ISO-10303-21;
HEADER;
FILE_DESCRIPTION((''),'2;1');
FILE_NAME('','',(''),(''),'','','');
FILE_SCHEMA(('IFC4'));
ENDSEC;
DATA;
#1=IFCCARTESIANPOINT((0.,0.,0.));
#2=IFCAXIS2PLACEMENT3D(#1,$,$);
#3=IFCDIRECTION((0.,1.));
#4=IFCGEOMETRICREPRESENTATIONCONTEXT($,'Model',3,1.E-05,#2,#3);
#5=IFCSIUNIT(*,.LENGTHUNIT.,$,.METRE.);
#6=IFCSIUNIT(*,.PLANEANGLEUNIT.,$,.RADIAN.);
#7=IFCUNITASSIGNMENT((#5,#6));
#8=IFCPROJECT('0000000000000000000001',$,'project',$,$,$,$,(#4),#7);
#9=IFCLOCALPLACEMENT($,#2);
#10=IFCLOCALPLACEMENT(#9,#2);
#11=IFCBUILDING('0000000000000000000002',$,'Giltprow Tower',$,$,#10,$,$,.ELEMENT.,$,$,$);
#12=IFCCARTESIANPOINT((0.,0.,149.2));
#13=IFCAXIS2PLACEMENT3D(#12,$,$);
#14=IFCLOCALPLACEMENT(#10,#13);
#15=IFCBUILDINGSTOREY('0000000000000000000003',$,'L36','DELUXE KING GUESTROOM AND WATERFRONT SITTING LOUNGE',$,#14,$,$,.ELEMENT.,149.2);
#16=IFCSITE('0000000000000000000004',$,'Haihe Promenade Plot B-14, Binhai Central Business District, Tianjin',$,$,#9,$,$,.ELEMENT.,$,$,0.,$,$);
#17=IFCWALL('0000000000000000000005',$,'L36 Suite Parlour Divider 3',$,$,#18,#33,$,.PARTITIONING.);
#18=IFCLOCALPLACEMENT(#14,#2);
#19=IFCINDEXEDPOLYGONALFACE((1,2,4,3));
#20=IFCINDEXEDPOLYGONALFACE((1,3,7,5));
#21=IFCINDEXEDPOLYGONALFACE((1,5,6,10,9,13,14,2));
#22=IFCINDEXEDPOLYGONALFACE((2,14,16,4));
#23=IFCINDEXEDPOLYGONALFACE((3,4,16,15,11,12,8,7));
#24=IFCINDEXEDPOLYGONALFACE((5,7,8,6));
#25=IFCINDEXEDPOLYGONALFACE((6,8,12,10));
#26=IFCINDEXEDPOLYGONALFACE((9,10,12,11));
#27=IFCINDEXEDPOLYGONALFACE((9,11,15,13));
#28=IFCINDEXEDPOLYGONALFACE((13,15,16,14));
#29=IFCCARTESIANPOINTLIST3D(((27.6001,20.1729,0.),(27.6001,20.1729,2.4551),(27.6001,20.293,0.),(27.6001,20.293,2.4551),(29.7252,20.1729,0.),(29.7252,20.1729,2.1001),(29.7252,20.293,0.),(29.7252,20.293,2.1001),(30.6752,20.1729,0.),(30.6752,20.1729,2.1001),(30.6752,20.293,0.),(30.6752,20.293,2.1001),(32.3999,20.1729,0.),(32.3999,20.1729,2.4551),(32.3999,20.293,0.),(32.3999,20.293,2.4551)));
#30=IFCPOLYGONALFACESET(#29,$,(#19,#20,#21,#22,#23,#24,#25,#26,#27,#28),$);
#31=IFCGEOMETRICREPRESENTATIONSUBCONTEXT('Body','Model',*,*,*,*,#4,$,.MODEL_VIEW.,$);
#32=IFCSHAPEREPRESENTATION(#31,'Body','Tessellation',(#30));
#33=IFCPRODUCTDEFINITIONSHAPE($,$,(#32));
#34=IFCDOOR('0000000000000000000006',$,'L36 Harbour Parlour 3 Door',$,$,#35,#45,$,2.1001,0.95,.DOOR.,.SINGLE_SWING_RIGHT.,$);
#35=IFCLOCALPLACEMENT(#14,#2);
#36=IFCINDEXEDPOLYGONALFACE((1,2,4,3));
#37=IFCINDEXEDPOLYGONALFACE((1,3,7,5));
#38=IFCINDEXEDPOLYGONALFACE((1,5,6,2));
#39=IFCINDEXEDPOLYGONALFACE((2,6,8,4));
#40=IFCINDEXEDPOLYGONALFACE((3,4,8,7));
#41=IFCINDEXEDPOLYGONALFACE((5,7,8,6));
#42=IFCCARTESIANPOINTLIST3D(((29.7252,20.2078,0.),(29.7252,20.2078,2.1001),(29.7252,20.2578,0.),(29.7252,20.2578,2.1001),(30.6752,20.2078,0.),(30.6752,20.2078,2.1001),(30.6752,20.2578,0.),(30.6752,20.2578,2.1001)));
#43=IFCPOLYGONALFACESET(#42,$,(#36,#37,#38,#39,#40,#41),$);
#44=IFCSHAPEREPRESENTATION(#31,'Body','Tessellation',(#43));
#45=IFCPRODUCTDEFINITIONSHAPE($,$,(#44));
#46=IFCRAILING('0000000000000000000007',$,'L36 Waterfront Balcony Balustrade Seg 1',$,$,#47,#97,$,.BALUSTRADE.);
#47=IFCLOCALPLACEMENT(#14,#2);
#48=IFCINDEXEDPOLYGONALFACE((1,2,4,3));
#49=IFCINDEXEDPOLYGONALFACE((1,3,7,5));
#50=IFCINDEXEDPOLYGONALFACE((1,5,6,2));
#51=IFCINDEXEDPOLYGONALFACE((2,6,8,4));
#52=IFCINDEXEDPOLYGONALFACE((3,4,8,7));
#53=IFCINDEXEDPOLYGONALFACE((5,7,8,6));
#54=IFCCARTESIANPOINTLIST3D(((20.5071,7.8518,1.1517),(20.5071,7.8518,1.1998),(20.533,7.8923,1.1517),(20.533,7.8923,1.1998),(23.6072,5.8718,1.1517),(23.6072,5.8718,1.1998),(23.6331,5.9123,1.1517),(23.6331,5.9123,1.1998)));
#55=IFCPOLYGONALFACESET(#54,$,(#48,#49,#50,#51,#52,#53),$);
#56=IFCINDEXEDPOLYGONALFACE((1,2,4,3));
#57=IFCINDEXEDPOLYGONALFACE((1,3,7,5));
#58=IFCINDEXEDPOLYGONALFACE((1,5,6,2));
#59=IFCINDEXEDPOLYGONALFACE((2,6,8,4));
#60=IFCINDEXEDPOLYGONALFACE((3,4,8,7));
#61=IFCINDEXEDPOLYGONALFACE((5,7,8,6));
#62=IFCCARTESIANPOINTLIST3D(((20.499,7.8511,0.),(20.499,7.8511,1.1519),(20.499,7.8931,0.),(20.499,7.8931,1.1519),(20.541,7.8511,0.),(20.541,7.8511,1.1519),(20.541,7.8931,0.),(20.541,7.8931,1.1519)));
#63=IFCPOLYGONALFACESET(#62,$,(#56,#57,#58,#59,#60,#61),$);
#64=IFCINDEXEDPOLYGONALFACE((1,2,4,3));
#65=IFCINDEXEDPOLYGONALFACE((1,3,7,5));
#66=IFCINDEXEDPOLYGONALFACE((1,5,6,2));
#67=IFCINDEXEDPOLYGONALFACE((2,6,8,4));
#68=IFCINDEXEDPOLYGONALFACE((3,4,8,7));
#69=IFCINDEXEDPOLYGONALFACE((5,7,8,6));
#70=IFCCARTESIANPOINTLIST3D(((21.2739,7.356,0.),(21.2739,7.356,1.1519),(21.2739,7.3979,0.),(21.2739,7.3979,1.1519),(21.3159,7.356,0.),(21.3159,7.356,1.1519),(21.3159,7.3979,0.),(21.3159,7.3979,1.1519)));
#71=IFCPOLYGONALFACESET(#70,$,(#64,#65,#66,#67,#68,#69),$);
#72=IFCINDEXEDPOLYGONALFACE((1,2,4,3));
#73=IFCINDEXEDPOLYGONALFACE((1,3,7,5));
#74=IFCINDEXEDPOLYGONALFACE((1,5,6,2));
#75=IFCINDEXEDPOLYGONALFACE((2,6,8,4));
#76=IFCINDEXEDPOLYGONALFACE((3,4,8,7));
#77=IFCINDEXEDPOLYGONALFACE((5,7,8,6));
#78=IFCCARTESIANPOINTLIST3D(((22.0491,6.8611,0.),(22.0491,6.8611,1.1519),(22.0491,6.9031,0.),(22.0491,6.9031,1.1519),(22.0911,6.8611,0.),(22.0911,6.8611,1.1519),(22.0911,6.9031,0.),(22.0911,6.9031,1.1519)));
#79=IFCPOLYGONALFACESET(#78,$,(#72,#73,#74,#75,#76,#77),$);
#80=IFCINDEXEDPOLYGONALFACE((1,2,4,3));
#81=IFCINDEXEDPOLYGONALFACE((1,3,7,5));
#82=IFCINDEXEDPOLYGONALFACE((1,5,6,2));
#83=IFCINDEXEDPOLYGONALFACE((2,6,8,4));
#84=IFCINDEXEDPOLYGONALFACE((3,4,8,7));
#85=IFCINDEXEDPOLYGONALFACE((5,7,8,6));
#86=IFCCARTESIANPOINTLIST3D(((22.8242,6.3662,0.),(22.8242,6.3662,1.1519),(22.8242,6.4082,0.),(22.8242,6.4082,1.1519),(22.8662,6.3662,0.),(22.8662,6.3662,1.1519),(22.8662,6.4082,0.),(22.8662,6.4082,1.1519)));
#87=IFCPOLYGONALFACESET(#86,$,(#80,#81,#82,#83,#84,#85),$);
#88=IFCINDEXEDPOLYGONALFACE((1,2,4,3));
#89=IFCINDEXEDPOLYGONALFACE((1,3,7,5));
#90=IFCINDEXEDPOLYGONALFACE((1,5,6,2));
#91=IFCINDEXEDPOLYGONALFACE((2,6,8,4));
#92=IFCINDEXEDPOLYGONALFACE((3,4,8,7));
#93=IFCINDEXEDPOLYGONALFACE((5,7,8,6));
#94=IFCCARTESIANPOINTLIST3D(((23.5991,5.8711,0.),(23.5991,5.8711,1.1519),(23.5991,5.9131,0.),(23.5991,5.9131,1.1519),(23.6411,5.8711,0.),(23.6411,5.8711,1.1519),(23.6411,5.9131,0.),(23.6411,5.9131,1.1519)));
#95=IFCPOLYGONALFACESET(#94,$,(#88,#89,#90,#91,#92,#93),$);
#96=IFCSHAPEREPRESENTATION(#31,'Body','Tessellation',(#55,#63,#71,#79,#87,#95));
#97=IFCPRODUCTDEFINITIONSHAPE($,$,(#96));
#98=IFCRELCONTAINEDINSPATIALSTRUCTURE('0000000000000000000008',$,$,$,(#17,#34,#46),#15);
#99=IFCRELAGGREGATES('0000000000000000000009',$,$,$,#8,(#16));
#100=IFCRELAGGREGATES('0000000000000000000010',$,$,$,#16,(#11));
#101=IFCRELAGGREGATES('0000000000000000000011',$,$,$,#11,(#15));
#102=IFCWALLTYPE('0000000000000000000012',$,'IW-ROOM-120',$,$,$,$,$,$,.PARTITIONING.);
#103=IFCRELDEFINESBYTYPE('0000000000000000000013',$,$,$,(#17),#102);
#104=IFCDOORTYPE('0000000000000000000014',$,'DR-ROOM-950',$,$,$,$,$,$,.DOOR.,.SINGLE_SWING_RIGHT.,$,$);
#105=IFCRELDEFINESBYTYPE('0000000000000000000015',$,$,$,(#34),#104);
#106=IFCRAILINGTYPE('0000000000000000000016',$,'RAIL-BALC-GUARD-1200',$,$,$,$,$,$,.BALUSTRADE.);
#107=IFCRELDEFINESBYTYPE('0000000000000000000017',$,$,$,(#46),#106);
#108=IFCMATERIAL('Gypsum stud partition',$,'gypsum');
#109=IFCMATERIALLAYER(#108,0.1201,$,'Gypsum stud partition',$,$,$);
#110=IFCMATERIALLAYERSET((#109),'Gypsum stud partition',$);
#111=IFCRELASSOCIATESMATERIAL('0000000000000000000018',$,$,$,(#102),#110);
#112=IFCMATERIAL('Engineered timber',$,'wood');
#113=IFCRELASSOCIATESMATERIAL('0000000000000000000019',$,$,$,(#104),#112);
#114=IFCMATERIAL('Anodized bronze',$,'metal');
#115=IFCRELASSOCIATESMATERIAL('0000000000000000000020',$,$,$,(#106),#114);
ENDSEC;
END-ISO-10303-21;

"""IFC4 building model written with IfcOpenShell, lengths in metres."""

from ifc_helpers import new_model, si_unit, direction, frame, frame_2d, origin, origin_2d, place, context, subcontext, project, spatial, rectangle, extrude, source, transform, mapped, material, layer, layer_set, type_object, element, fill, save


model = new_model("IFC4")

# Units and contexts
model_context = context("Model", 3, precision=1e-05, world=origin(), true_north=direction((0.0, 1.0)))
body_context = subcontext(model_context, "Body", "Model", "MODEL_VIEW")
ifc_project = project(units=[si_unit("LENGTHUNIT", "METRE"), si_unit("PLANEANGLEUNIT", "RADIAN")], contexts=[model_context])

# Site, building, storey
site_placement = place(None, origin())
site = spatial("IfcSite", under=ifc_project, at=site_placement, Name="Haihe Promenade Plot B-14, Binhai Central Business District, Tianjin", CompositionType="ELEMENT", RefElevation=0.0)
building_placement = place(site_placement, origin())
building = spatial("IfcBuilding", under=site, at=building_placement, Name="Giltprow Tower", CompositionType="ELEMENT")
storey_placement = place(building_placement, frame((0.0, 0.0, 149.2)))
storey = spatial("IfcBuildingStorey", under=building, at=storey_placement, Name="L36", Description="DELUXE KING GUESTROOM AND WATERFRONT SITTING LOUNGE", CompositionType="ELEMENT", Elevation=149.2)

# Shared definitions
ifc_material_1 = material(Name="Gypsum stud partition", Category="gypsum")

# Wall, opening, door
ifc_layer_1 = layer(ifc_material_1, 0.1201, Name="Gypsum stud partition")
ifc_layer_set_1 = layer_set([ifc_layer_1], Name="Gypsum stud partition")
wall_type_1 = type_object("IfcWallType", Name="IW-ROOM-120", PredefinedType="PARTITIONING", material=ifc_layer_set_1)
ifc_material_2 = material(Name="Engineered timber", Category="wood")
door_type_1 = type_object("IfcDoorType", Name="DR-ROOM-950", OperationType="SINGLE_SWING_RIGHT", PredefinedType="DOOR", material=ifc_material_2)
shared_shape_1 = source(origin(), body_context, "Body", "SweptSolid", [
    extrude(rectangle(XDim=0.95, YDim=2.1001, at=frame_2d((0.4751, 1.05))), frame((0.0, 0.0249, 0.0), z_axis=(0.0, -1.0, 0.0), x_axis=(1.0, 0.0, 0.0)), (0.0, 0.0, 1.0), 0.05),
])
wall_1_placement = place(storey_placement, frame((27.6001, 20.2329, 0.0), z_axis=(0.0, 0.0, 1.0), x_axis=(1.0, 0.0, 0.0)))
wall_1 = element("IfcWall", 1, at=wall_1_placement, inside=storey, type_object=wall_type_1, Name="L36 Suite Parlour Divider 3", PredefinedType="PARTITIONING", context=body_context, shape_type="SweptSolid", body=[
    extrude(rectangle(XDim=4.7998, YDim=0.1201, at=frame_2d((2.3999, 0.0))), origin(), (0.0, 0.0, 1.0), 2.4551),
])
opening_1_placement = place(wall_1_placement, frame((2.125, 0.0, 0.0)))
opening_1 = element("IfcOpeningElement", 2, at=opening_1_placement, cuts=wall_1, PredefinedType="OPENING", context=body_context, shape_type="SweptSolid", body=[
    extrude(rectangle(XDim=0.95, YDim=2.1001, at=frame_2d((0.4751, 1.05))), frame((0.0, 0.0701, 0.0), z_axis=(0.0, -1.0, 0.0), x_axis=(1.0, 0.0, 0.0)), (0.0, 0.0, 1.0), 0.1401),
])
door_1_placement = place(opening_1_placement, origin())
door_1 = element("IfcDoor", 3, at=door_1_placement, inside=storey, type_object=door_type_1, Name="L36 Harbour Parlour 3 Door", OperationType="SINGLE_SWING_RIGHT", OverallHeight=2.1001, OverallWidth=0.95, PredefinedType="DOOR", context=body_context, shape_type="MappedRepresentation", body=[
    mapped(shared_shape_1, transform((0.0, 0.0, 0.0), x_axis=(1.0, 0.0, 0.0), y_axis=(0.0, 1.0, 0.0), z_axis=(0.0, 0.0, 1.0), scale=1.0)),
])
fill(opening_1, door_1)

# Railing
ifc_material_3 = material(Name="Anodized bronze", Category="metal")
railing_type = type_object("IfcRailingType", Name="RAIL-BALC-GUARD-1200", PredefinedType="BALUSTRADE", material=ifc_material_3)
railing_1_placement = place(storey_placement, frame((20.52, 7.8721, 0.0)))
element("IfcRailing", 4, at=railing_1_placement, inside=storey, type_object=railing_type, Name="L36 Waterfront Balcony Balustrade Seg 1", PredefinedType="BALUSTRADE", context=body_context, shape_type="SweptSolid", body=[
    extrude(rectangle(XDim=0.0481, YDim=0.0481, at=origin_2d()), frame((0.0, 0.0, 1.1758), z_axis=(0.842775, -0.538266, 0.0), x_axis=(0.538266, 0.842775, 0.0)), (0.0, 0.0, 1.0), 3.6785),
    extrude(rectangle(XDim=0.042, YDim=0.042, at=origin_2d()), origin(), (0.0, 0.0, 1.0), 1.1519),
    extrude(rectangle(XDim=0.042, YDim=0.042, at=origin_2d()), frame((0.7749, -0.4951, 0.0)), (0.0, 0.0, 1.0), 1.1519),
    extrude(rectangle(XDim=0.042, YDim=0.042, at=origin_2d()), frame((1.55, -0.99, 0.0)), (0.0, 0.0, 1.0), 1.1519),
    extrude(rectangle(XDim=0.042, YDim=0.042, at=origin_2d()), frame((2.3252, -1.4849, 0.0)), (0.0, 0.0, 1.0), 1.1519),
    extrude(rectangle(XDim=0.042, YDim=0.042, at=origin_2d()), frame((3.1001, -1.98, 0.0)), (0.0, 0.0, 1.0), 1.1519),
])

save(model, "model.ifc")
